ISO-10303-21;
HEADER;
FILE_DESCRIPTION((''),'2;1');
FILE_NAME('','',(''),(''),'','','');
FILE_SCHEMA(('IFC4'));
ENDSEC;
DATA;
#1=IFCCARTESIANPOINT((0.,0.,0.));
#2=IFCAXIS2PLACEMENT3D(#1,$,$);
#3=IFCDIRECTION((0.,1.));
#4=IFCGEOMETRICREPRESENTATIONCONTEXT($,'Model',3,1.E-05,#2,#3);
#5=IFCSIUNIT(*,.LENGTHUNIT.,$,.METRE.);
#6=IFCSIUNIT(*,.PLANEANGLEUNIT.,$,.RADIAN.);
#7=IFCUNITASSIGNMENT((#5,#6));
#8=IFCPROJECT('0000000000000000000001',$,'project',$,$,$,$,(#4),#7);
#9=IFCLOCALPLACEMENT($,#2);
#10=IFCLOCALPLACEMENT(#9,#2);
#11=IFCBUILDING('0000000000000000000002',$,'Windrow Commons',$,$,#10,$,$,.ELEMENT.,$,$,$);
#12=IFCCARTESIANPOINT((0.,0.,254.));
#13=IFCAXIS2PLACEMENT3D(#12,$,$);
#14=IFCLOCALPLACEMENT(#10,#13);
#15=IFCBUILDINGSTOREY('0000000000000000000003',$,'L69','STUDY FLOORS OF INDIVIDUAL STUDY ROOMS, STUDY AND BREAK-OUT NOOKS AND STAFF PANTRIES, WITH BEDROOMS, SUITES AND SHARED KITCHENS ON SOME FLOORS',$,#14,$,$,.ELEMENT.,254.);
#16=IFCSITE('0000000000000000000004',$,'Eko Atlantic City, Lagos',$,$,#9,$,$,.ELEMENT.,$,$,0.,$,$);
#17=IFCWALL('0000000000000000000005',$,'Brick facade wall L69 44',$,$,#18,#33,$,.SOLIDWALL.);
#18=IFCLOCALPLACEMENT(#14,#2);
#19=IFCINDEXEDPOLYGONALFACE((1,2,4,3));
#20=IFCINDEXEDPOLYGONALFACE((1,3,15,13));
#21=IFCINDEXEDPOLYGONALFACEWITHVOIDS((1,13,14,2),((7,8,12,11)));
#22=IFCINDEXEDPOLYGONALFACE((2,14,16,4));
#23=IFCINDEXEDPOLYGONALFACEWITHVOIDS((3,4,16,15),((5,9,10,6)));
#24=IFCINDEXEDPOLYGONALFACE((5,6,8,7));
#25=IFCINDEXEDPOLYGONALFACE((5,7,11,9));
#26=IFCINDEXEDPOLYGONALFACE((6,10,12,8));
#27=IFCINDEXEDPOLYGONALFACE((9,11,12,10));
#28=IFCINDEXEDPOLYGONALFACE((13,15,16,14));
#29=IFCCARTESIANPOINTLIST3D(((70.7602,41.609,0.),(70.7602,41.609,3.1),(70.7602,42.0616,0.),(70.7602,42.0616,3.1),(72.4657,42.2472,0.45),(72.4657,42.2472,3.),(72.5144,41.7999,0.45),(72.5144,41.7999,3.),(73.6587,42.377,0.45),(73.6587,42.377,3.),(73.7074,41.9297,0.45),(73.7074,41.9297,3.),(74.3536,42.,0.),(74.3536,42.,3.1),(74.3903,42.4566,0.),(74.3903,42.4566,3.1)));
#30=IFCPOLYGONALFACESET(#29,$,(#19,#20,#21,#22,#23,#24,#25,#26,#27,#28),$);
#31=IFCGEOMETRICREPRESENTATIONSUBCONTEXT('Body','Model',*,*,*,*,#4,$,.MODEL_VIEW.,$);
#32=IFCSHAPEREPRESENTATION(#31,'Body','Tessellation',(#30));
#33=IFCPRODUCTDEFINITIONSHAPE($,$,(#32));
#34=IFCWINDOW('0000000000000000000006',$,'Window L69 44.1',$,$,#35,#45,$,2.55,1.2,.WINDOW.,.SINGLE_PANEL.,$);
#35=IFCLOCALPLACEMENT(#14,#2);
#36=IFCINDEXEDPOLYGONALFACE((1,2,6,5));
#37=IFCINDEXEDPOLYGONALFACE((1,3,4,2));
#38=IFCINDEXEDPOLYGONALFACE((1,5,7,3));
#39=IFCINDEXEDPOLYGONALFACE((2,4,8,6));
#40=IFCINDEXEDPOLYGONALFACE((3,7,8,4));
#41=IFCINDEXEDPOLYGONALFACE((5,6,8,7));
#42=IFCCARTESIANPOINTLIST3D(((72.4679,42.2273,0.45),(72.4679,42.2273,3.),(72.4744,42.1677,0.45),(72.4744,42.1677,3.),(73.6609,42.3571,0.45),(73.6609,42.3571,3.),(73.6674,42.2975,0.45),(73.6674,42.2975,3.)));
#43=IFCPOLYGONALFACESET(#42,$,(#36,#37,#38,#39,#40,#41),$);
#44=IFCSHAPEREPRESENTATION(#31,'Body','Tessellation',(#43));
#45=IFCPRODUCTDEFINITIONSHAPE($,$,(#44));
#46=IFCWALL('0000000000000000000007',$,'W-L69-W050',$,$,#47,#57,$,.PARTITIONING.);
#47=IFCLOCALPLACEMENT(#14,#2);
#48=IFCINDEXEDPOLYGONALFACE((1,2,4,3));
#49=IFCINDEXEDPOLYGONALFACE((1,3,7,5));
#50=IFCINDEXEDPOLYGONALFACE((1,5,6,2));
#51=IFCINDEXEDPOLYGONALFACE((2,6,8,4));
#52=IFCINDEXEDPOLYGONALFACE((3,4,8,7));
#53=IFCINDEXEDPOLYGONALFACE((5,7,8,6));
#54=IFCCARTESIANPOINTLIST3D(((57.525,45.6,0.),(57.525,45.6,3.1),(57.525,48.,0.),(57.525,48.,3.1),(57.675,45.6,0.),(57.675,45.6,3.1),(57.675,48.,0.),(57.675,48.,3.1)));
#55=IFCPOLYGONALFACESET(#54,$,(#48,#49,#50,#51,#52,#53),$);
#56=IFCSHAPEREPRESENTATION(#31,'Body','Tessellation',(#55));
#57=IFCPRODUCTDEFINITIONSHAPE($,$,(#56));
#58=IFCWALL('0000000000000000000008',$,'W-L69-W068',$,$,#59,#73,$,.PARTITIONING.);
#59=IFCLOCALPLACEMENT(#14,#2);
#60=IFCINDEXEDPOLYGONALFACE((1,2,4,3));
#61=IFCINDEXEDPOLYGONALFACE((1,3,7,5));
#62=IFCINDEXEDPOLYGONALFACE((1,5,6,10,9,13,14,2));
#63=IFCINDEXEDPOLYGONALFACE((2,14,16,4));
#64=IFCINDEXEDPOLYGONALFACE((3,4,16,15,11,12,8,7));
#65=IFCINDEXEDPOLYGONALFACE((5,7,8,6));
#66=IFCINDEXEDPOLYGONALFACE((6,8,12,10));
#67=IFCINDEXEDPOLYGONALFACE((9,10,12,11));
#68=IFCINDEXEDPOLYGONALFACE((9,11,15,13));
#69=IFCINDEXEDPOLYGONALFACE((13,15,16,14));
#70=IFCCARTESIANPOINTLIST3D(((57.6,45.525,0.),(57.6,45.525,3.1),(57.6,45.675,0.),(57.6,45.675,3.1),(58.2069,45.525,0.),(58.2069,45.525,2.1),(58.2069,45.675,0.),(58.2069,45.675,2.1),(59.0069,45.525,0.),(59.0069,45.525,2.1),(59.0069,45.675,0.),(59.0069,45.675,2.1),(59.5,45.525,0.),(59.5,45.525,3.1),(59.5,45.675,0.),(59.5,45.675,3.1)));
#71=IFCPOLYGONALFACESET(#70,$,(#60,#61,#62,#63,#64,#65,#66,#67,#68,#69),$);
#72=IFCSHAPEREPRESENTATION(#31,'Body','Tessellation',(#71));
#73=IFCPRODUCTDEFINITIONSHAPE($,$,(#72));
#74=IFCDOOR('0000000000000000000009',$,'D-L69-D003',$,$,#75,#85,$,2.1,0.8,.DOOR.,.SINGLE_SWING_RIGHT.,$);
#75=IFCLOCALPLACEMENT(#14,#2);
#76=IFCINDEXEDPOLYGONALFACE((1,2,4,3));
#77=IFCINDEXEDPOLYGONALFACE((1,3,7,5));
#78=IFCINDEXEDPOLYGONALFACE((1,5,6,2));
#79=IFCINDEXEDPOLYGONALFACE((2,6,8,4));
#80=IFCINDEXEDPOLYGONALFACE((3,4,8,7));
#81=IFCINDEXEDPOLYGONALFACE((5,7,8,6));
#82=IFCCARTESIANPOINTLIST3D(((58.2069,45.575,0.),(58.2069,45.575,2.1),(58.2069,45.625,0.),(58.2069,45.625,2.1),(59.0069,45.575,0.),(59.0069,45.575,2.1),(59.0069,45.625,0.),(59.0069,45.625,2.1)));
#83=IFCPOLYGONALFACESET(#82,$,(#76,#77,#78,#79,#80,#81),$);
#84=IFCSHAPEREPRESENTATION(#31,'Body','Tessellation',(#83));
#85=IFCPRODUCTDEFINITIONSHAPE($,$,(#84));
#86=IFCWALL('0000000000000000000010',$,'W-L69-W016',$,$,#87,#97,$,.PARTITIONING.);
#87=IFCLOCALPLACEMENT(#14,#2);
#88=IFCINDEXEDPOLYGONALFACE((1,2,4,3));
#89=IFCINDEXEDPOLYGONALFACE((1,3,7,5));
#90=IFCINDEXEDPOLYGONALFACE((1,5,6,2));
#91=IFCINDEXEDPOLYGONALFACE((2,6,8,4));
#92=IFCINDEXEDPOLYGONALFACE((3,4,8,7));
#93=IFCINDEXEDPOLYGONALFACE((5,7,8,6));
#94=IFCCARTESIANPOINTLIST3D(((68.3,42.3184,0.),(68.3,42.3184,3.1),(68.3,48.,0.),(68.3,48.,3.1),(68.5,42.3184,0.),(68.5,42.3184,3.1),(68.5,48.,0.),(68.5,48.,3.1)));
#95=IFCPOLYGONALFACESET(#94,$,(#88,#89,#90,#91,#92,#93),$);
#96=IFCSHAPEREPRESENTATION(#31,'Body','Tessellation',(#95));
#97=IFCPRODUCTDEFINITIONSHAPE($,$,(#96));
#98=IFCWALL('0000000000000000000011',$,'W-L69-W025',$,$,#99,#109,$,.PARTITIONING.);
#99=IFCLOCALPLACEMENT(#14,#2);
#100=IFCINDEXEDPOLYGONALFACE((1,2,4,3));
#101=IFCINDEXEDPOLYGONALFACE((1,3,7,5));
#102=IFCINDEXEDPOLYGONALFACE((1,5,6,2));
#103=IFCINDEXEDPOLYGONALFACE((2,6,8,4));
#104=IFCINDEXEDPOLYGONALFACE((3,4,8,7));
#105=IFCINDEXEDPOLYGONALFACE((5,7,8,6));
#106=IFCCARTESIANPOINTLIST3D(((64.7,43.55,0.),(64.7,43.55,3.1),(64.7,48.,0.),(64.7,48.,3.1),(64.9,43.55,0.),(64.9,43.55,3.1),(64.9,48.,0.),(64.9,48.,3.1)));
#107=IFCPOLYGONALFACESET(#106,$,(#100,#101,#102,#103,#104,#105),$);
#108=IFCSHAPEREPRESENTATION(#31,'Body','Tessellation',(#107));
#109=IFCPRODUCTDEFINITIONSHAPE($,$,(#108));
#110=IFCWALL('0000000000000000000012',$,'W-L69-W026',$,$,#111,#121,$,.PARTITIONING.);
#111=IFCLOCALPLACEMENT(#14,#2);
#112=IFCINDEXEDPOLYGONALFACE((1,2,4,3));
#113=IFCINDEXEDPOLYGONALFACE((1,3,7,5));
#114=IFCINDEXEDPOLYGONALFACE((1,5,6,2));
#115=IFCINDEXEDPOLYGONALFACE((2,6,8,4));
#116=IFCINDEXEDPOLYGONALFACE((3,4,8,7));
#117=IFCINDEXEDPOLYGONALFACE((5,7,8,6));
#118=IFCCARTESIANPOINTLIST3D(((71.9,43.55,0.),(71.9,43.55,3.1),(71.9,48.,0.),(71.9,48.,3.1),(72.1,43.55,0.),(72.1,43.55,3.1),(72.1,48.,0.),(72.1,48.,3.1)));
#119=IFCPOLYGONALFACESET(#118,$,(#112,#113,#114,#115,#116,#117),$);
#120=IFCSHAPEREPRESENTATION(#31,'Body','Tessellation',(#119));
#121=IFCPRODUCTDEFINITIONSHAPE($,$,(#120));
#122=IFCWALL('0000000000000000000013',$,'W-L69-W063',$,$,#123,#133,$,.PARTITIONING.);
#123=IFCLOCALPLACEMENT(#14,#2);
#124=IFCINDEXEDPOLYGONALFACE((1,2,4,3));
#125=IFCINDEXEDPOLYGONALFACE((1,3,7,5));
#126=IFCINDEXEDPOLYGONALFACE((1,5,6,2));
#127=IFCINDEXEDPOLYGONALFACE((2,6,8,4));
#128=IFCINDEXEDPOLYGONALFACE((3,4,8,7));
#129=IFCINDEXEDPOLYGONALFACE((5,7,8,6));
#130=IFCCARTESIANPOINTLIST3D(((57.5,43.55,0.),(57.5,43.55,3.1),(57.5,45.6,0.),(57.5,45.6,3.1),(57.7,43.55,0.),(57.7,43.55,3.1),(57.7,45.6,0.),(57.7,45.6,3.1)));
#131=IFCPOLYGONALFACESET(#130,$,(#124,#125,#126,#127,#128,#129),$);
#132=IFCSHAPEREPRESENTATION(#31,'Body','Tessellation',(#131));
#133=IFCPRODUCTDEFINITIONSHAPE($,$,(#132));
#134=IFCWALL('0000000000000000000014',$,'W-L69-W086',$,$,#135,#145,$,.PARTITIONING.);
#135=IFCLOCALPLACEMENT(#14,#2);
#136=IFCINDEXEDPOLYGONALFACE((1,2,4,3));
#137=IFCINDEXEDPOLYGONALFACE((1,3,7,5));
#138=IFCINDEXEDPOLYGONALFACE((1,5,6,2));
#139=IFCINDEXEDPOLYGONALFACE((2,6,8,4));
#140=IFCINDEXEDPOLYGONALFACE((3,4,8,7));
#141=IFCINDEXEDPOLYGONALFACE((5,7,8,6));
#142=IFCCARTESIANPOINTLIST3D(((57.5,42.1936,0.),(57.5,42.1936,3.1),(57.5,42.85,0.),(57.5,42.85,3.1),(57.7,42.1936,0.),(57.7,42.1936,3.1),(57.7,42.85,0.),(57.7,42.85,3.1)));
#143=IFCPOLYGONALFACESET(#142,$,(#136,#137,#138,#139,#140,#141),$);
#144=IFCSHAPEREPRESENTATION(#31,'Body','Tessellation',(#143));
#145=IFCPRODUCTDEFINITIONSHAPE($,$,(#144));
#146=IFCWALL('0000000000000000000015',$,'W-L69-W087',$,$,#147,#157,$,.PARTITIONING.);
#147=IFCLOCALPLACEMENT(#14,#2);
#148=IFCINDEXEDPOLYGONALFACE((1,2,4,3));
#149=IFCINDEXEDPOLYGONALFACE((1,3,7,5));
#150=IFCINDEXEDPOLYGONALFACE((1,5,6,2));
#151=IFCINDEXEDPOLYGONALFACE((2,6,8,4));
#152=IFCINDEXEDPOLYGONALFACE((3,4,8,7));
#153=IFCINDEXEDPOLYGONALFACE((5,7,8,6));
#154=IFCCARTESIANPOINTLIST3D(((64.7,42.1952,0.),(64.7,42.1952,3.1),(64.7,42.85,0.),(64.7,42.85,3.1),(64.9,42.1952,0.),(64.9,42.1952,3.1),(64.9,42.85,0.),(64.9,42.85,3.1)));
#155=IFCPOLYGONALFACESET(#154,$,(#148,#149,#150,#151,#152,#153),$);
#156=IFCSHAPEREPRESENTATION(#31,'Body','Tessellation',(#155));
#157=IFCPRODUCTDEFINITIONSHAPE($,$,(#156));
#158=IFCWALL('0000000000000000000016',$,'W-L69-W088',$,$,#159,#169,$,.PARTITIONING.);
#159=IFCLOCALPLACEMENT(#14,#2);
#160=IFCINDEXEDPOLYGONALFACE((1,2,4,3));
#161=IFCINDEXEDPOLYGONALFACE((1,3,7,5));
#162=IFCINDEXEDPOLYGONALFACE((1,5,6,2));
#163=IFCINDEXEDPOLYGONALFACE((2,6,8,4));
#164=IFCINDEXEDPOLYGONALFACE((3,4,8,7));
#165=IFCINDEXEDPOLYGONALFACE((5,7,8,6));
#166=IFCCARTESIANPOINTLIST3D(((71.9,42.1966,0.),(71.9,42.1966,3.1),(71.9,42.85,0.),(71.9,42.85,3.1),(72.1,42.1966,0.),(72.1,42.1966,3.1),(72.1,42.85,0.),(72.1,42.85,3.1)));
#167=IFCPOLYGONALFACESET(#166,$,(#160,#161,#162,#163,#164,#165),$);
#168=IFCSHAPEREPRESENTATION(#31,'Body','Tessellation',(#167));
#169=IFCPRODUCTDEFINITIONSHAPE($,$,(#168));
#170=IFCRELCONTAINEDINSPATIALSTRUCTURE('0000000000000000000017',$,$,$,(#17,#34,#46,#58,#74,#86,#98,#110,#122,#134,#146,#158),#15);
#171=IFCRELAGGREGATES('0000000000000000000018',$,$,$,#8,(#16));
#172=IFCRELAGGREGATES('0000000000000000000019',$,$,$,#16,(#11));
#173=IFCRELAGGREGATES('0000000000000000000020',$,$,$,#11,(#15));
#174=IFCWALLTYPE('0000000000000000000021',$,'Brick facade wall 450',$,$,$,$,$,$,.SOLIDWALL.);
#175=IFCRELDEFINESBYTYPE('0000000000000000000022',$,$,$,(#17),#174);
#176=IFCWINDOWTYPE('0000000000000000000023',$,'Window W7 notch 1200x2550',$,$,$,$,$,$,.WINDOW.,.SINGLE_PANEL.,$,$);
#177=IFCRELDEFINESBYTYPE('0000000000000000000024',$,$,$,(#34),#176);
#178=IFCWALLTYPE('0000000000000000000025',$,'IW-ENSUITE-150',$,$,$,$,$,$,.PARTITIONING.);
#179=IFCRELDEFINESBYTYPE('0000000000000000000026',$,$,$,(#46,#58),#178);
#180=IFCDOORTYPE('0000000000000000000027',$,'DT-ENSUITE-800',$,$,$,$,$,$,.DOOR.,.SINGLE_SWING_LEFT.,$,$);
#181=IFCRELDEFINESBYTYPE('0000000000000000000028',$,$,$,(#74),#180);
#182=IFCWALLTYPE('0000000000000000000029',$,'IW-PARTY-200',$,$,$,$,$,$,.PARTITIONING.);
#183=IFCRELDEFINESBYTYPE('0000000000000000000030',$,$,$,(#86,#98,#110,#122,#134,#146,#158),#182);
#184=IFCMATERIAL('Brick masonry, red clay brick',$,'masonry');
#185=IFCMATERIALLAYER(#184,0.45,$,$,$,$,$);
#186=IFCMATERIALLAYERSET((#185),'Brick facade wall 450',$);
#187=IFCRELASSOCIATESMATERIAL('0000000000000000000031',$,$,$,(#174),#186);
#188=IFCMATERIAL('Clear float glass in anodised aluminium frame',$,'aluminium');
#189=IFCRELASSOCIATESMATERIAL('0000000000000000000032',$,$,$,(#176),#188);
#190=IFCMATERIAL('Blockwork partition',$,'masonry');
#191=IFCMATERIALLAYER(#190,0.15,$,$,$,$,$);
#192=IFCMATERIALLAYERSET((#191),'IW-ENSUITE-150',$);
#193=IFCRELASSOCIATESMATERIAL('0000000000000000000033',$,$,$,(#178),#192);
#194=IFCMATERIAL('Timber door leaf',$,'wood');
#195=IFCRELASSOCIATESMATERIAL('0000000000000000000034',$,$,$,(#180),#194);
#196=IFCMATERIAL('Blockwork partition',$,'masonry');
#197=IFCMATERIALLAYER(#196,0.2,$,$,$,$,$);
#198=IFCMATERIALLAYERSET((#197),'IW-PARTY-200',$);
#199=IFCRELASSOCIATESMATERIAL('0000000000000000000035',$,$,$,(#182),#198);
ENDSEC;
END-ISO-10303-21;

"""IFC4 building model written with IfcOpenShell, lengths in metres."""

from ifc_helpers import new_model, si_unit, direction, frame, frame_2d, origin, place, context, subcontext, project, spatial, polyline, rectangle, outline, extrude, material, layer, layer_set, type_object, element, fill, save


model = new_model("IFC4")

# Units and contexts
model_context = context("Model", 3, precision=1e-05, world=origin(), true_north=direction((0.0, 1.0)))
body_context = subcontext(model_context, "Body", "Model", "MODEL_VIEW")
ifc_project = project(units=[si_unit("LENGTHUNIT", "METRE"), si_unit("PLANEANGLEUNIT", "RADIAN")], contexts=[model_context])

# Site, building, storey
site_placement = place(None, origin())
site = spatial("IfcSite", under=ifc_project, at=site_placement, Name="Eko Atlantic City, Lagos", CompositionType="ELEMENT", RefElevation=0.0)
building_placement = place(site_placement, origin())
building = spatial("IfcBuilding", under=site, at=building_placement, Name="Windrow Commons", CompositionType="ELEMENT")
storey_placement = place(building_placement, frame((0.0, 0.0, 254.0)))
storey = spatial("IfcBuildingStorey", under=building, at=storey_placement, Name="L69", Description="STUDY FLOORS OF INDIVIDUAL STUDY ROOMS, STUDY AND BREAK-OUT NOOKS AND STAFF PANTRIES, WITH BEDROOMS, SUITES AND SHARED KITCHENS ON SOME FLOORS", CompositionType="ELEMENT", Elevation=254.0)

# Wall, opening, window
ifc_material_1 = material(Name="Brick masonry, red clay brick", Category="masonry")
ifc_layer_1 = layer(ifc_material_1, 0.45)
ifc_layer_set_1 = layer_set([ifc_layer_1], Name="Brick facade wall 450")
wall_type_1 = type_object("IfcWallType", Name="Brick facade wall 450", PredefinedType="SOLIDWALL", material=ifc_layer_set_1)
ifc_material_2 = material(Name="Clear float glass in anodised aluminium frame", Category="aluminium")
window_type = type_object("IfcWindowType", Name="Window W7 notch 1200x2550", PartitioningType="SINGLE_PANEL", PredefinedType="WINDOW", material=ifc_material_2)
wall_1_placement = place(storey_placement, frame((70.7602, 41.8353, 0.0), z_axis=(0.0, 0.0, 1.0), x_axis=(0.994132, 0.108175, 0.0)))
wall_1 = element("IfcWall", 1, at=wall_1_placement, inside=storey, type_object=wall_type_1, Name="Brick facade wall L69 44", PredefinedType="SOLIDWALL", context=body_context, shape_type="SweptSolid", body=[
    extrude(outline(polyline([(-0.0245, -0.225), (3.5901, -0.225), (3.676, 0.225), (0.0245, 0.225), (-0.0245, -0.225)])), origin(), (0.0, 0.0, 1.0), 3.1),
])
opening_1_placement = place(wall_1_placement, frame((1.7401, 0.0, 0.45)))
opening_1 = element("IfcOpeningElement", 2, at=opening_1_placement, cuts=wall_1, PredefinedType="OPENING", context=body_context, shape_type="SweptSolid", body=[
    extrude(rectangle(XDim=1.2, YDim=2.55, at=frame_2d((0.6, 1.275))), frame((0.0, 0.235, 0.0), z_axis=(0.0, -1.0, 0.0), x_axis=(1.0, 0.0, 0.0)), (0.0, 0.0, 1.0), 0.47),
])
window_1_placement = place(opening_1_placement, origin())
window_1 = element("IfcWindow", 3, at=window_1_placement, inside=storey, type_object=window_type, Name="Window L69 44.1", OverallHeight=2.55, OverallWidth=1.2, PartitioningType="SINGLE_PANEL", PredefinedType="WINDOW", context=body_context, shape_type="SweptSolid", body=[
    extrude(rectangle(XDim=1.2, YDim=2.55, at=frame_2d((0.6, 1.275))), frame((0.0, 0.205, 0.0), z_axis=(0.0, -1.0, 0.0), x_axis=(1.0, 0.0, 0.0)), (0.0, 0.0, 1.0), 0.06),
])
fill(opening_1, window_1)

# Wall
ifc_material_3 = material(Name="Blockwork partition", Category="masonry")
ifc_layer_2 = layer(ifc_material_3, 0.15)
ifc_layer_set_2 = layer_set([ifc_layer_2], Name="IW-ENSUITE-150")
wall_type_2 = type_object("IfcWallType", Name="IW-ENSUITE-150", PredefinedType="PARTITIONING", material=ifc_layer_set_2)
wall_2_placement = place(storey_placement, frame((57.6, 45.6, 0.0), z_axis=(0.0, 0.0, 1.0), x_axis=(0.0, 1.0, 0.0)))
element("IfcWall", 4, at=wall_2_placement, inside=storey, type_object=wall_type_2, Name="W-L69-W050", PredefinedType="PARTITIONING", context=body_context, shape_type="SweptSolid", body=[
    extrude(rectangle(XDim=2.4, YDim=0.15, at=frame_2d((1.2, 0.0))), origin(), (0.0, 0.0, 1.0), 3.1),
])

# Wall, opening, door
wall_3_placement = place(storey_placement, frame((57.6, 45.6, 0.0), z_axis=(0.0, 0.0, 1.0), x_axis=(1.0, 0.0, 0.0)))
wall_3 = element("IfcWall", 5, at=wall_3_placement, inside=storey, type_object=wall_type_2, Name="W-L69-W068", PredefinedType="PARTITIONING", context=body_context, shape_type="SweptSolid", body=[
    extrude(rectangle(XDim=1.9, YDim=0.15, at=frame_2d((0.95, 0.0))), origin(), (0.0, 0.0, 1.0), 3.1),
])
opening_2_placement = place(wall_3_placement, frame((0.6069, 0.0, 0.0)))
opening_2 = element("IfcOpeningElement", 6, at=opening_2_placement, cuts=wall_3, PredefinedType="OPENING", context=body_context, shape_type="SweptSolid", body=[
    extrude(rectangle(XDim=0.8, YDim=2.1, at=frame_2d((0.4, 1.05))), frame((0.0, 0.085, 0.0), z_axis=(0.0, -1.0, 0.0), x_axis=(1.0, 0.0, 0.0)), (0.0, 0.0, 1.0), 0.17),
])
ifc_material_4 = material(Name="Timber door leaf", Category="wood")
door_type = type_object("IfcDoorType", Name="DT-ENSUITE-800", OperationType="SINGLE_SWING_LEFT", PredefinedType="DOOR", material=ifc_material_4)
door_placement = place(opening_2_placement, origin())
door = element("IfcDoor", 7, at=door_placement, inside=storey, type_object=door_type, Name="D-L69-D003", OperationType="SINGLE_SWING_RIGHT", OverallHeight=2.1, OverallWidth=0.8, PredefinedType="DOOR", context=body_context, shape_type="SweptSolid", body=[
    extrude(rectangle(XDim=0.8, YDim=2.1, at=frame_2d((0.4, 1.05))), frame((0.0, 0.025, 0.0), z_axis=(0.0, -1.0, 0.0), x_axis=(1.0, 0.0, 0.0)), (0.0, 0.0, 1.0), 0.05),
])
fill(opening_2, door)

# Walls
ifc_material_5 = material(Name="Blockwork partition", Category="masonry")
ifc_layer_3 = layer(ifc_material_5, 0.2)
ifc_layer_set_3 = layer_set([ifc_layer_3], Name="IW-PARTY-200")
wall_type_3 = type_object("IfcWallType", Name="IW-PARTY-200", PredefinedType="PARTITIONING", material=ifc_layer_set_3)
wall_4_placement = place(storey_placement, frame((68.4, 42.3185, 0.0), z_axis=(0.0, 0.0, 1.0), x_axis=(0.0, 1.0, 0.0)))
element("IfcWall", 8, at=wall_4_placement, inside=storey, type_object=wall_type_3, Name="W-L69-W016", PredefinedType="PARTITIONING", context=body_context, shape_type="SweptSolid", body=[
    extrude(rectangle(XDim=5.6815, YDim=0.2, at=frame_2d((2.8407, 0.0))), origin(), (0.0, 0.0, 1.0), 3.1),
])
for number, where, z_axis, x_axis, name in (
    (9, (64.8, 43.55, 0.0), (0.0, 0.0, 1.0), (0.0, 1.0, 0.0), "W-L69-W025"),
    (10, (72.0, 43.55, 0.0), (0.0, 0.0, 1.0), (0.0, 1.0, 0.0), "W-L69-W026"),
):
    element("IfcWall", number, at=place(storey_placement, frame(where, z_axis=z_axis, x_axis=x_axis)), inside=storey, type_object=wall_type_3, Name=name, PredefinedType="PARTITIONING", context=body_context, shape_type="SweptSolid", body=[
        extrude(rectangle(XDim=4.45, YDim=0.2, at=frame_2d((2.225, 0.0))), origin(), (0.0, 0.0, 1.0), 3.1),
    ])
wall_5_placement = place(storey_placement, frame((57.6, 43.55, 0.0), z_axis=(0.0, 0.0, 1.0), x_axis=(0.0, 1.0, 0.0)))
element("IfcWall", 11, at=wall_5_placement, inside=storey, type_object=wall_type_3, Name="W-L69-W063", PredefinedType="PARTITIONING", context=body_context, shape_type="SweptSolid", body=[
    extrude(rectangle(XDim=2.05, YDim=0.2, at=frame_2d((1.025, 0.0))), origin(), (0.0, 0.0, 1.0), 3.1),
])
wall_6_placement = place(storey_placement, frame((57.6, 42.1937, 0.0), z_axis=(0.0, 0.0, 1.0), x_axis=(0.0, 1.0, 0.0)))
element("IfcWall", 12, at=wall_6_placement, inside=storey, type_object=wall_type_3, Name="W-L69-W086", PredefinedType="PARTITIONING", context=body_context, shape_type="SweptSolid", body=[
    extrude(rectangle(XDim=0.6563, YDim=0.2, at=frame_2d((0.3281, 0.0))), origin(), (0.0, 0.0, 1.0), 3.1),
])
wall_7_placement = place(storey_placement, frame((64.8, 42.1951, 0.0), z_axis=(0.0, 0.0, 1.0), x_axis=(0.0, 1.0, 0.0)))
element("IfcWall", 13, at=wall_7_placement, inside=storey, type_object=wall_type_3, Name="W-L69-W087", PredefinedType="PARTITIONING", context=body_context, shape_type="SweptSolid", body=[
    extrude(rectangle(XDim=0.6549, YDim=0.2, at=frame_2d((0.3275, 0.0))), origin(), (0.0, 0.0, 1.0), 3.1),
])
wall_8_placement = place(storey_placement, frame((72.0, 42.1966, 0.0), z_axis=(0.0, 0.0, 1.0), x_axis=(0.0, 1.0, 0.0)))
element("IfcWall", 14, at=wall_8_placement, inside=storey, type_object=wall_type_3, Name="W-L69-W088", PredefinedType="PARTITIONING", context=body_context, shape_type="SweptSolid", body=[
    extrude(rectangle(XDim=0.6534, YDim=0.2, at=frame_2d((0.3267, 0.0))), origin(), (0.0, 0.0, 1.0), 3.1),
])

save(model, "model.ifc")
